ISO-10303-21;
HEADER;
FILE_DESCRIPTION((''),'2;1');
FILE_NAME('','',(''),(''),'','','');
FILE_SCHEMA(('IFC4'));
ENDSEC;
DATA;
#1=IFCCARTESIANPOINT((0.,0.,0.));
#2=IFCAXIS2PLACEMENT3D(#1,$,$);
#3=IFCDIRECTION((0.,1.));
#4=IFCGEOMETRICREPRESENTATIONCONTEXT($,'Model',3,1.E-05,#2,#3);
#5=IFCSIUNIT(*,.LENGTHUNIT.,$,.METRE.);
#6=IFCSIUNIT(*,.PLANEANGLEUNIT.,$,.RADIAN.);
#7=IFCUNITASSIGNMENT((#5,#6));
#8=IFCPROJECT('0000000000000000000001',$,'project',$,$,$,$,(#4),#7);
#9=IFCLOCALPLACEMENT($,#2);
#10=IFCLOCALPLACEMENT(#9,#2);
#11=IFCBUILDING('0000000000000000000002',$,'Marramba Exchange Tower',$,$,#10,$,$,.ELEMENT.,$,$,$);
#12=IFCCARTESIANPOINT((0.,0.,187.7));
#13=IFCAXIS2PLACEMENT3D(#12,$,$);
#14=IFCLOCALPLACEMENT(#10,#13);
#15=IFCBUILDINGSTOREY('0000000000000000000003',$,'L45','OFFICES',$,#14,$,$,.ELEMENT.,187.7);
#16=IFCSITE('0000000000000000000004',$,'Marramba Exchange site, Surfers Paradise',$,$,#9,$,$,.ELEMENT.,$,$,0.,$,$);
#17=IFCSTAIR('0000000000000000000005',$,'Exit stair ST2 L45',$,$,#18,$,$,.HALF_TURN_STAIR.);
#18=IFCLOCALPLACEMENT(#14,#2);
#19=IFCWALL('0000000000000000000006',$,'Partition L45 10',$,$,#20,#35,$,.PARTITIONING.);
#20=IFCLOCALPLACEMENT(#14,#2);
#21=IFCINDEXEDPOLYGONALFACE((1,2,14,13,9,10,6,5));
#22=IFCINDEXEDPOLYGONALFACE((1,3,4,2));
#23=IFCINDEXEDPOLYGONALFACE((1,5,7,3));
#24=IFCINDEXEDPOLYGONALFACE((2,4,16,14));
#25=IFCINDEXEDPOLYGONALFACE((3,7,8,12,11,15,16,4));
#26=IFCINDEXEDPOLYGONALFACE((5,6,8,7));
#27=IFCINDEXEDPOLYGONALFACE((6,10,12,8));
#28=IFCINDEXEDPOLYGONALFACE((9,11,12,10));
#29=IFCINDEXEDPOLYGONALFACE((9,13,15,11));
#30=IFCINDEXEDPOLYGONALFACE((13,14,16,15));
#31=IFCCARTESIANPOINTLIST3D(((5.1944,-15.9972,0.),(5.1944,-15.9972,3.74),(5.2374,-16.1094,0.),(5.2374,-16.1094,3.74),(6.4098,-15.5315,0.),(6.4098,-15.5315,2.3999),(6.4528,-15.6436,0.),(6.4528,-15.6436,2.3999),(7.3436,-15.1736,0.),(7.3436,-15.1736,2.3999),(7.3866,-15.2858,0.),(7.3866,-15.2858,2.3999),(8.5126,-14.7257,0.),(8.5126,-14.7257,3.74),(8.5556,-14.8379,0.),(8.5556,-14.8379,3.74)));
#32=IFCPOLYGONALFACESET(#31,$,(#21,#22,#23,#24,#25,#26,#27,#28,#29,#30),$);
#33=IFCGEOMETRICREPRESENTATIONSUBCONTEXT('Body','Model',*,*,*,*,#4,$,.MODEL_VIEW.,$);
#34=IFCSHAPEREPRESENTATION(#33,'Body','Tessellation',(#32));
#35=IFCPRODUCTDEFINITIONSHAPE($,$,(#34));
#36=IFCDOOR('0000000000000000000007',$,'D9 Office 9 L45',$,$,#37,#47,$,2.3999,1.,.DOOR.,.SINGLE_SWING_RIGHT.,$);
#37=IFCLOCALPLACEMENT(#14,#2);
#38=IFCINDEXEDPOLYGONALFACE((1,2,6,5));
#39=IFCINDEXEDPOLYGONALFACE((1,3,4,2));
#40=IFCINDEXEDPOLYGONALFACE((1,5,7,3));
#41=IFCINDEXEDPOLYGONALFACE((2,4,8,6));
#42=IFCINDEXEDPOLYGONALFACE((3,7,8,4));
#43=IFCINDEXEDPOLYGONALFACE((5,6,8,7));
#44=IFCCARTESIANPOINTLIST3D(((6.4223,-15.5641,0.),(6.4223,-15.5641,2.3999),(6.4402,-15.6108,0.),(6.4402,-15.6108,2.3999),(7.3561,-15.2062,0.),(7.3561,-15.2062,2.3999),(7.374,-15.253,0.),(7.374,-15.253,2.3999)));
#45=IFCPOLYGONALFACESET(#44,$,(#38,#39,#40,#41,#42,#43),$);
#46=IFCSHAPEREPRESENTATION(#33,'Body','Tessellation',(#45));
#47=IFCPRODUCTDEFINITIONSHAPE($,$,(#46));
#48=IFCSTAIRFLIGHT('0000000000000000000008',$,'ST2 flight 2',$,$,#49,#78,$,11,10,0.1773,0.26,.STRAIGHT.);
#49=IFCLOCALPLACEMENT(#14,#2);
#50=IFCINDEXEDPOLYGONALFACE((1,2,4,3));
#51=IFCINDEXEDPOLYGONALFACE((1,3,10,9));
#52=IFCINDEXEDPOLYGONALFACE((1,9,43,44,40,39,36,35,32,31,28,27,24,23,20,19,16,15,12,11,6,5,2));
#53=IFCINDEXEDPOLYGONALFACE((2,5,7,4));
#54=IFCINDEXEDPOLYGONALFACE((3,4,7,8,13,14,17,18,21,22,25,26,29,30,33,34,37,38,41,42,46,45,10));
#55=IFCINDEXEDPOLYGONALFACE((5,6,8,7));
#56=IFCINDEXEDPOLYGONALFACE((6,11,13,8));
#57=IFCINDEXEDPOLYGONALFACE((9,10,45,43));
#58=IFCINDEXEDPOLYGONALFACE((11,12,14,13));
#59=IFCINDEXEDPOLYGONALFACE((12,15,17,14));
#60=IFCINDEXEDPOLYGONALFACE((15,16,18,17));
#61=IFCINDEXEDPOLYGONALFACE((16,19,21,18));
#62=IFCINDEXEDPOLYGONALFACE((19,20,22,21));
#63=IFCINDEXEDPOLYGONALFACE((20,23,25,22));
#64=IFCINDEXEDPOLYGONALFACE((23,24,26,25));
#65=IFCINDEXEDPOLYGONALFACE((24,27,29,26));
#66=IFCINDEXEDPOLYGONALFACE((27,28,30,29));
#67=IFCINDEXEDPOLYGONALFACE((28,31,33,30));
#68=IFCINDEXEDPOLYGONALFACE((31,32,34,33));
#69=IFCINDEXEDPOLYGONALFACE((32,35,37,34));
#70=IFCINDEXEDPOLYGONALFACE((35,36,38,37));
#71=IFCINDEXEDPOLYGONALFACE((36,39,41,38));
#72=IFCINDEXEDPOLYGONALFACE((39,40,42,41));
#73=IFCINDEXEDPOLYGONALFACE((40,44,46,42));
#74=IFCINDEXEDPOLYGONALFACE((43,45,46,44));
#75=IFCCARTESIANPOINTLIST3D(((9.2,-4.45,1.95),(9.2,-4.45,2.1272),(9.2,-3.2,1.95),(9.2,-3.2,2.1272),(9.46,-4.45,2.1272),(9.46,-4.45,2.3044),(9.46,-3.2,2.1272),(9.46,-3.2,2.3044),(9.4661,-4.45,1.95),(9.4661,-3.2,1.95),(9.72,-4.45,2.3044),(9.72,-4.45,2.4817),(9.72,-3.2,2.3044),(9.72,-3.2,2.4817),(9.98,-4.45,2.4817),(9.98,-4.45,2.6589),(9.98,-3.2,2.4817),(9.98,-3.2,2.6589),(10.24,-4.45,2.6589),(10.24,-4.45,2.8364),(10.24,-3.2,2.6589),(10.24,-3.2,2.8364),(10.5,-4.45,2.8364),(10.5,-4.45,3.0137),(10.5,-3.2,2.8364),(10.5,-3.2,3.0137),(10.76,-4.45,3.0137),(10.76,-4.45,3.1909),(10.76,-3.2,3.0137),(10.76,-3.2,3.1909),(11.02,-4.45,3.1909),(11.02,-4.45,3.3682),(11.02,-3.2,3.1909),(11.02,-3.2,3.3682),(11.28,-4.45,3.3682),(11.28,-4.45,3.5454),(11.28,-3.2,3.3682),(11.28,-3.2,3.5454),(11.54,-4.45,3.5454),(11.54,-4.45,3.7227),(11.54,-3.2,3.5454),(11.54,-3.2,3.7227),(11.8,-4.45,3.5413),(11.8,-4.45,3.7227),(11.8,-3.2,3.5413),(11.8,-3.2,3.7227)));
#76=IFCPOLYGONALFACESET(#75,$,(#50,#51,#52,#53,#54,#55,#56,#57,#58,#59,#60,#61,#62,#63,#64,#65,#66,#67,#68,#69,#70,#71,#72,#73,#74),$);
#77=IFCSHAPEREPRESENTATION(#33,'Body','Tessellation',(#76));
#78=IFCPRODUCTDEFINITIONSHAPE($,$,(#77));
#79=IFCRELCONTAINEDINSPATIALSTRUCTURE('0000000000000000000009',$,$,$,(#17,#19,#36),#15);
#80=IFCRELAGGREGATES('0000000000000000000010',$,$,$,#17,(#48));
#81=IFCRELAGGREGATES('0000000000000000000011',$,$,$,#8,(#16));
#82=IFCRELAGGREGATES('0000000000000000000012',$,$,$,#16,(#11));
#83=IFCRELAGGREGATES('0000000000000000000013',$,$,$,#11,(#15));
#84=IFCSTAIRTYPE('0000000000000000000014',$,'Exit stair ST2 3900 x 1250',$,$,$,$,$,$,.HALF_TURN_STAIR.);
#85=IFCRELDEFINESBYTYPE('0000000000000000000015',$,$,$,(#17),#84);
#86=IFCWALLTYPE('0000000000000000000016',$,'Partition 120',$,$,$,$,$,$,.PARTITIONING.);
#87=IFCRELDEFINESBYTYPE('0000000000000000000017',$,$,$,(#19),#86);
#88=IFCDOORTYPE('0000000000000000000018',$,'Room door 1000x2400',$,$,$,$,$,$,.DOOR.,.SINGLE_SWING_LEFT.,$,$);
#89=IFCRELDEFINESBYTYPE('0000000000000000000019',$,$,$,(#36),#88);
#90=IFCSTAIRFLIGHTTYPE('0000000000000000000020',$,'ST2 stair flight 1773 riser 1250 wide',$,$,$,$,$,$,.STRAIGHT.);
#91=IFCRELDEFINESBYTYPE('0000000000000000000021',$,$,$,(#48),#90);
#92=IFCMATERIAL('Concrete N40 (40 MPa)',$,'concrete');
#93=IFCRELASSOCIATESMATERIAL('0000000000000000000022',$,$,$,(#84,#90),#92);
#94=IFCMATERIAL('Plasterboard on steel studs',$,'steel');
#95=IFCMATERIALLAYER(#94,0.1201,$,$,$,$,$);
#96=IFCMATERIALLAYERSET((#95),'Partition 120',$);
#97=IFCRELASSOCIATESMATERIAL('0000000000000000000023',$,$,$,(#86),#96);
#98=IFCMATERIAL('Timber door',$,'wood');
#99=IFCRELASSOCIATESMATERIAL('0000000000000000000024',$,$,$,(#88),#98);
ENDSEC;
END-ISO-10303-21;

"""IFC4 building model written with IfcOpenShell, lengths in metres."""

from ifc_helpers import new_model, si_unit, direction, frame, frame_2d, origin, place, context, subcontext, project, spatial, polyline, rectangle, outline, extrude, material, layer, layer_set, type_object, element, fill, aggregate, save


model = new_model("IFC4")

# Units and contexts
model_context = context("Model", 3, precision=1e-05, world=origin(), true_north=direction((0.0, 1.0)))
body_context = subcontext(model_context, "Body", "Model", "MODEL_VIEW")
ifc_project = project(units=[si_unit("LENGTHUNIT", "METRE"), si_unit("PLANEANGLEUNIT", "RADIAN")], contexts=[model_context])

# Site, building, storey
site_placement = place(None, origin())
site = spatial("IfcSite", under=ifc_project, at=site_placement, Name="Marramba Exchange site, Surfers Paradise", CompositionType="ELEMENT", RefElevation=0.0)
building_placement = place(site_placement, origin())
building = spatial("IfcBuilding", under=site, at=building_placement, Name="Marramba Exchange Tower", CompositionType="ELEMENT")
storey_placement = place(building_placement, frame((0.0, 0.0, 187.7)))
storey = spatial("IfcBuildingStorey", under=building, at=storey_placement, Name="L45", Description="OFFICES", CompositionType="ELEMENT", Elevation=187.7)

# Stair
ifc_material_1 = material(Name="Concrete N40 (40 MPa)", Category="concrete")
stair_type_1 = type_object("IfcStairType", Name="Exit stair ST2 3900 x 1250", PredefinedType="HALF_TURN_STAIR", material=ifc_material_1)
stair_1_placement = place(storey_placement, origin())
stair_1 = element("IfcStair", 1, at=stair_1_placement, inside=storey, type_object=stair_type_1, Name="Exit stair ST2 L45", PredefinedType="HALF_TURN_STAIR")

# Wall, opening, door
ifc_material_2 = material(Name="Plasterboard on steel studs", Category="steel")
ifc_layer_1 = layer(ifc_material_2, 0.1201)
ifc_layer_set_1 = layer_set([ifc_layer_1], Name="Partition 120")
wall_type_1 = type_object("IfcWallType", Name="Partition 120", PredefinedType="PARTITIONING", material=ifc_layer_set_1)
wall_1_placement = place(storey_placement, frame((8.5342, -14.7817, 0.0), z_axis=(0.0, 0.0, 1.0), x_axis=(-0.933789, -0.357823, 0.0)))
wall_1 = element("IfcWall", 2, at=wall_1_placement, inside=storey, type_object=wall_type_1, Name="Partition L45 10", PredefinedType="PARTITIONING", context=body_context, shape_type="SweptSolid", body=[
    extrude(rectangle(XDim=3.5535, YDim=0.1201, at=frame_2d((1.7769, 0.0))), origin(), (0.0, 0.0, 1.0), 3.74),
])
opening_1_placement = place(wall_1_placement, frame((1.252, 0.0, 0.0)))
opening_1 = element("IfcOpeningElement", 3, at=opening_1_placement, cuts=wall_1, PredefinedType="OPENING", context=body_context, shape_type="SweptSolid", body=[
    extrude(rectangle(XDim=1.0, YDim=2.3999, at=frame_2d((0.5, 1.2))), frame((0.0, 0.0701, 0.0), z_axis=(0.0, -1.0, 0.0), x_axis=(1.0, 0.0, 0.0)), (0.0, 0.0, 1.0), 0.1401),
])
ifc_material_3 = material(Name="Timber door", Category="wood")
door_type = type_object("IfcDoorType", Name="Room door 1000x2400", OperationType="SINGLE_SWING_LEFT", PredefinedType="DOOR", material=ifc_material_3)
door_1_placement = place(opening_1_placement, origin())
door_1 = element("IfcDoor", 4, at=door_1_placement, inside=storey, type_object=door_type, Name="D9 Office 9 L45", OperationType="SINGLE_SWING_RIGHT", OverallHeight=2.3999, OverallWidth=1.0, PredefinedType="DOOR", context=body_context, shape_type="SweptSolid", body=[
    extrude(rectangle(XDim=1.0, YDim=2.3999, at=frame_2d((0.5, 1.2))), frame((0.0, 0.0249, 0.0), z_axis=(0.0, -1.0, 0.0), x_axis=(1.0, 0.0, 0.0)), (0.0, 0.0, 1.0), 0.05),
])
fill(opening_1, door_1)

# Stair flight
stair_flight_type = type_object("IfcStairFlightType", Name="ST2 stair flight 1773 riser 1250 wide", PredefinedType="STRAIGHT", material=ifc_material_1)
stair_flight_placement = place(storey_placement, frame((9.2, -3.825, 1.95), z_axis=(0.0, 0.0, 1.0), x_axis=(1.0, 0.0, 0.0)))
stair_flight = element("IfcStairFlight", 5, at=stair_flight_placement, type_object=stair_flight_type, Name="ST2 flight 2", NumberOfRisers=11, NumberOfTreads=10, PredefinedType="STRAIGHT", RiserHeight=0.1773, TreadLength=0.26, context=body_context, shape_type="SweptSolid", body=[
    extrude(outline(polyline([(0.0, 0.0), (0.0, 0.1772), (0.26, 0.1772), (0.26, 0.3545), (0.52, 0.3545), (0.52, 0.5317), (0.78, 0.5317), (0.78, 0.709), (1.04, 0.709), (1.04, 0.8865), (1.3, 0.8865), (1.3, 1.0637), (1.5601, 1.0637), (1.5601, 1.241), (1.8201, 1.241), (1.8201, 1.4182), (2.0801, 1.4182), (2.0801, 1.5955), (2.3401, 1.5955), (2.3401, 1.7727), (2.6001, 1.7727), (2.6001, 1.95), (2.6001, 1.5913), (0.2661, 0.0), (0.0, 0.0)])), frame((0.0, 0.625, 0.0), z_axis=(0.0, -1.0, 0.0), x_axis=(1.0, 0.0, 0.0)), (0.0, 0.0, 1.0), 1.25),
])
aggregate(stair_1, [stair_flight])

save(model, "model.ifc")
